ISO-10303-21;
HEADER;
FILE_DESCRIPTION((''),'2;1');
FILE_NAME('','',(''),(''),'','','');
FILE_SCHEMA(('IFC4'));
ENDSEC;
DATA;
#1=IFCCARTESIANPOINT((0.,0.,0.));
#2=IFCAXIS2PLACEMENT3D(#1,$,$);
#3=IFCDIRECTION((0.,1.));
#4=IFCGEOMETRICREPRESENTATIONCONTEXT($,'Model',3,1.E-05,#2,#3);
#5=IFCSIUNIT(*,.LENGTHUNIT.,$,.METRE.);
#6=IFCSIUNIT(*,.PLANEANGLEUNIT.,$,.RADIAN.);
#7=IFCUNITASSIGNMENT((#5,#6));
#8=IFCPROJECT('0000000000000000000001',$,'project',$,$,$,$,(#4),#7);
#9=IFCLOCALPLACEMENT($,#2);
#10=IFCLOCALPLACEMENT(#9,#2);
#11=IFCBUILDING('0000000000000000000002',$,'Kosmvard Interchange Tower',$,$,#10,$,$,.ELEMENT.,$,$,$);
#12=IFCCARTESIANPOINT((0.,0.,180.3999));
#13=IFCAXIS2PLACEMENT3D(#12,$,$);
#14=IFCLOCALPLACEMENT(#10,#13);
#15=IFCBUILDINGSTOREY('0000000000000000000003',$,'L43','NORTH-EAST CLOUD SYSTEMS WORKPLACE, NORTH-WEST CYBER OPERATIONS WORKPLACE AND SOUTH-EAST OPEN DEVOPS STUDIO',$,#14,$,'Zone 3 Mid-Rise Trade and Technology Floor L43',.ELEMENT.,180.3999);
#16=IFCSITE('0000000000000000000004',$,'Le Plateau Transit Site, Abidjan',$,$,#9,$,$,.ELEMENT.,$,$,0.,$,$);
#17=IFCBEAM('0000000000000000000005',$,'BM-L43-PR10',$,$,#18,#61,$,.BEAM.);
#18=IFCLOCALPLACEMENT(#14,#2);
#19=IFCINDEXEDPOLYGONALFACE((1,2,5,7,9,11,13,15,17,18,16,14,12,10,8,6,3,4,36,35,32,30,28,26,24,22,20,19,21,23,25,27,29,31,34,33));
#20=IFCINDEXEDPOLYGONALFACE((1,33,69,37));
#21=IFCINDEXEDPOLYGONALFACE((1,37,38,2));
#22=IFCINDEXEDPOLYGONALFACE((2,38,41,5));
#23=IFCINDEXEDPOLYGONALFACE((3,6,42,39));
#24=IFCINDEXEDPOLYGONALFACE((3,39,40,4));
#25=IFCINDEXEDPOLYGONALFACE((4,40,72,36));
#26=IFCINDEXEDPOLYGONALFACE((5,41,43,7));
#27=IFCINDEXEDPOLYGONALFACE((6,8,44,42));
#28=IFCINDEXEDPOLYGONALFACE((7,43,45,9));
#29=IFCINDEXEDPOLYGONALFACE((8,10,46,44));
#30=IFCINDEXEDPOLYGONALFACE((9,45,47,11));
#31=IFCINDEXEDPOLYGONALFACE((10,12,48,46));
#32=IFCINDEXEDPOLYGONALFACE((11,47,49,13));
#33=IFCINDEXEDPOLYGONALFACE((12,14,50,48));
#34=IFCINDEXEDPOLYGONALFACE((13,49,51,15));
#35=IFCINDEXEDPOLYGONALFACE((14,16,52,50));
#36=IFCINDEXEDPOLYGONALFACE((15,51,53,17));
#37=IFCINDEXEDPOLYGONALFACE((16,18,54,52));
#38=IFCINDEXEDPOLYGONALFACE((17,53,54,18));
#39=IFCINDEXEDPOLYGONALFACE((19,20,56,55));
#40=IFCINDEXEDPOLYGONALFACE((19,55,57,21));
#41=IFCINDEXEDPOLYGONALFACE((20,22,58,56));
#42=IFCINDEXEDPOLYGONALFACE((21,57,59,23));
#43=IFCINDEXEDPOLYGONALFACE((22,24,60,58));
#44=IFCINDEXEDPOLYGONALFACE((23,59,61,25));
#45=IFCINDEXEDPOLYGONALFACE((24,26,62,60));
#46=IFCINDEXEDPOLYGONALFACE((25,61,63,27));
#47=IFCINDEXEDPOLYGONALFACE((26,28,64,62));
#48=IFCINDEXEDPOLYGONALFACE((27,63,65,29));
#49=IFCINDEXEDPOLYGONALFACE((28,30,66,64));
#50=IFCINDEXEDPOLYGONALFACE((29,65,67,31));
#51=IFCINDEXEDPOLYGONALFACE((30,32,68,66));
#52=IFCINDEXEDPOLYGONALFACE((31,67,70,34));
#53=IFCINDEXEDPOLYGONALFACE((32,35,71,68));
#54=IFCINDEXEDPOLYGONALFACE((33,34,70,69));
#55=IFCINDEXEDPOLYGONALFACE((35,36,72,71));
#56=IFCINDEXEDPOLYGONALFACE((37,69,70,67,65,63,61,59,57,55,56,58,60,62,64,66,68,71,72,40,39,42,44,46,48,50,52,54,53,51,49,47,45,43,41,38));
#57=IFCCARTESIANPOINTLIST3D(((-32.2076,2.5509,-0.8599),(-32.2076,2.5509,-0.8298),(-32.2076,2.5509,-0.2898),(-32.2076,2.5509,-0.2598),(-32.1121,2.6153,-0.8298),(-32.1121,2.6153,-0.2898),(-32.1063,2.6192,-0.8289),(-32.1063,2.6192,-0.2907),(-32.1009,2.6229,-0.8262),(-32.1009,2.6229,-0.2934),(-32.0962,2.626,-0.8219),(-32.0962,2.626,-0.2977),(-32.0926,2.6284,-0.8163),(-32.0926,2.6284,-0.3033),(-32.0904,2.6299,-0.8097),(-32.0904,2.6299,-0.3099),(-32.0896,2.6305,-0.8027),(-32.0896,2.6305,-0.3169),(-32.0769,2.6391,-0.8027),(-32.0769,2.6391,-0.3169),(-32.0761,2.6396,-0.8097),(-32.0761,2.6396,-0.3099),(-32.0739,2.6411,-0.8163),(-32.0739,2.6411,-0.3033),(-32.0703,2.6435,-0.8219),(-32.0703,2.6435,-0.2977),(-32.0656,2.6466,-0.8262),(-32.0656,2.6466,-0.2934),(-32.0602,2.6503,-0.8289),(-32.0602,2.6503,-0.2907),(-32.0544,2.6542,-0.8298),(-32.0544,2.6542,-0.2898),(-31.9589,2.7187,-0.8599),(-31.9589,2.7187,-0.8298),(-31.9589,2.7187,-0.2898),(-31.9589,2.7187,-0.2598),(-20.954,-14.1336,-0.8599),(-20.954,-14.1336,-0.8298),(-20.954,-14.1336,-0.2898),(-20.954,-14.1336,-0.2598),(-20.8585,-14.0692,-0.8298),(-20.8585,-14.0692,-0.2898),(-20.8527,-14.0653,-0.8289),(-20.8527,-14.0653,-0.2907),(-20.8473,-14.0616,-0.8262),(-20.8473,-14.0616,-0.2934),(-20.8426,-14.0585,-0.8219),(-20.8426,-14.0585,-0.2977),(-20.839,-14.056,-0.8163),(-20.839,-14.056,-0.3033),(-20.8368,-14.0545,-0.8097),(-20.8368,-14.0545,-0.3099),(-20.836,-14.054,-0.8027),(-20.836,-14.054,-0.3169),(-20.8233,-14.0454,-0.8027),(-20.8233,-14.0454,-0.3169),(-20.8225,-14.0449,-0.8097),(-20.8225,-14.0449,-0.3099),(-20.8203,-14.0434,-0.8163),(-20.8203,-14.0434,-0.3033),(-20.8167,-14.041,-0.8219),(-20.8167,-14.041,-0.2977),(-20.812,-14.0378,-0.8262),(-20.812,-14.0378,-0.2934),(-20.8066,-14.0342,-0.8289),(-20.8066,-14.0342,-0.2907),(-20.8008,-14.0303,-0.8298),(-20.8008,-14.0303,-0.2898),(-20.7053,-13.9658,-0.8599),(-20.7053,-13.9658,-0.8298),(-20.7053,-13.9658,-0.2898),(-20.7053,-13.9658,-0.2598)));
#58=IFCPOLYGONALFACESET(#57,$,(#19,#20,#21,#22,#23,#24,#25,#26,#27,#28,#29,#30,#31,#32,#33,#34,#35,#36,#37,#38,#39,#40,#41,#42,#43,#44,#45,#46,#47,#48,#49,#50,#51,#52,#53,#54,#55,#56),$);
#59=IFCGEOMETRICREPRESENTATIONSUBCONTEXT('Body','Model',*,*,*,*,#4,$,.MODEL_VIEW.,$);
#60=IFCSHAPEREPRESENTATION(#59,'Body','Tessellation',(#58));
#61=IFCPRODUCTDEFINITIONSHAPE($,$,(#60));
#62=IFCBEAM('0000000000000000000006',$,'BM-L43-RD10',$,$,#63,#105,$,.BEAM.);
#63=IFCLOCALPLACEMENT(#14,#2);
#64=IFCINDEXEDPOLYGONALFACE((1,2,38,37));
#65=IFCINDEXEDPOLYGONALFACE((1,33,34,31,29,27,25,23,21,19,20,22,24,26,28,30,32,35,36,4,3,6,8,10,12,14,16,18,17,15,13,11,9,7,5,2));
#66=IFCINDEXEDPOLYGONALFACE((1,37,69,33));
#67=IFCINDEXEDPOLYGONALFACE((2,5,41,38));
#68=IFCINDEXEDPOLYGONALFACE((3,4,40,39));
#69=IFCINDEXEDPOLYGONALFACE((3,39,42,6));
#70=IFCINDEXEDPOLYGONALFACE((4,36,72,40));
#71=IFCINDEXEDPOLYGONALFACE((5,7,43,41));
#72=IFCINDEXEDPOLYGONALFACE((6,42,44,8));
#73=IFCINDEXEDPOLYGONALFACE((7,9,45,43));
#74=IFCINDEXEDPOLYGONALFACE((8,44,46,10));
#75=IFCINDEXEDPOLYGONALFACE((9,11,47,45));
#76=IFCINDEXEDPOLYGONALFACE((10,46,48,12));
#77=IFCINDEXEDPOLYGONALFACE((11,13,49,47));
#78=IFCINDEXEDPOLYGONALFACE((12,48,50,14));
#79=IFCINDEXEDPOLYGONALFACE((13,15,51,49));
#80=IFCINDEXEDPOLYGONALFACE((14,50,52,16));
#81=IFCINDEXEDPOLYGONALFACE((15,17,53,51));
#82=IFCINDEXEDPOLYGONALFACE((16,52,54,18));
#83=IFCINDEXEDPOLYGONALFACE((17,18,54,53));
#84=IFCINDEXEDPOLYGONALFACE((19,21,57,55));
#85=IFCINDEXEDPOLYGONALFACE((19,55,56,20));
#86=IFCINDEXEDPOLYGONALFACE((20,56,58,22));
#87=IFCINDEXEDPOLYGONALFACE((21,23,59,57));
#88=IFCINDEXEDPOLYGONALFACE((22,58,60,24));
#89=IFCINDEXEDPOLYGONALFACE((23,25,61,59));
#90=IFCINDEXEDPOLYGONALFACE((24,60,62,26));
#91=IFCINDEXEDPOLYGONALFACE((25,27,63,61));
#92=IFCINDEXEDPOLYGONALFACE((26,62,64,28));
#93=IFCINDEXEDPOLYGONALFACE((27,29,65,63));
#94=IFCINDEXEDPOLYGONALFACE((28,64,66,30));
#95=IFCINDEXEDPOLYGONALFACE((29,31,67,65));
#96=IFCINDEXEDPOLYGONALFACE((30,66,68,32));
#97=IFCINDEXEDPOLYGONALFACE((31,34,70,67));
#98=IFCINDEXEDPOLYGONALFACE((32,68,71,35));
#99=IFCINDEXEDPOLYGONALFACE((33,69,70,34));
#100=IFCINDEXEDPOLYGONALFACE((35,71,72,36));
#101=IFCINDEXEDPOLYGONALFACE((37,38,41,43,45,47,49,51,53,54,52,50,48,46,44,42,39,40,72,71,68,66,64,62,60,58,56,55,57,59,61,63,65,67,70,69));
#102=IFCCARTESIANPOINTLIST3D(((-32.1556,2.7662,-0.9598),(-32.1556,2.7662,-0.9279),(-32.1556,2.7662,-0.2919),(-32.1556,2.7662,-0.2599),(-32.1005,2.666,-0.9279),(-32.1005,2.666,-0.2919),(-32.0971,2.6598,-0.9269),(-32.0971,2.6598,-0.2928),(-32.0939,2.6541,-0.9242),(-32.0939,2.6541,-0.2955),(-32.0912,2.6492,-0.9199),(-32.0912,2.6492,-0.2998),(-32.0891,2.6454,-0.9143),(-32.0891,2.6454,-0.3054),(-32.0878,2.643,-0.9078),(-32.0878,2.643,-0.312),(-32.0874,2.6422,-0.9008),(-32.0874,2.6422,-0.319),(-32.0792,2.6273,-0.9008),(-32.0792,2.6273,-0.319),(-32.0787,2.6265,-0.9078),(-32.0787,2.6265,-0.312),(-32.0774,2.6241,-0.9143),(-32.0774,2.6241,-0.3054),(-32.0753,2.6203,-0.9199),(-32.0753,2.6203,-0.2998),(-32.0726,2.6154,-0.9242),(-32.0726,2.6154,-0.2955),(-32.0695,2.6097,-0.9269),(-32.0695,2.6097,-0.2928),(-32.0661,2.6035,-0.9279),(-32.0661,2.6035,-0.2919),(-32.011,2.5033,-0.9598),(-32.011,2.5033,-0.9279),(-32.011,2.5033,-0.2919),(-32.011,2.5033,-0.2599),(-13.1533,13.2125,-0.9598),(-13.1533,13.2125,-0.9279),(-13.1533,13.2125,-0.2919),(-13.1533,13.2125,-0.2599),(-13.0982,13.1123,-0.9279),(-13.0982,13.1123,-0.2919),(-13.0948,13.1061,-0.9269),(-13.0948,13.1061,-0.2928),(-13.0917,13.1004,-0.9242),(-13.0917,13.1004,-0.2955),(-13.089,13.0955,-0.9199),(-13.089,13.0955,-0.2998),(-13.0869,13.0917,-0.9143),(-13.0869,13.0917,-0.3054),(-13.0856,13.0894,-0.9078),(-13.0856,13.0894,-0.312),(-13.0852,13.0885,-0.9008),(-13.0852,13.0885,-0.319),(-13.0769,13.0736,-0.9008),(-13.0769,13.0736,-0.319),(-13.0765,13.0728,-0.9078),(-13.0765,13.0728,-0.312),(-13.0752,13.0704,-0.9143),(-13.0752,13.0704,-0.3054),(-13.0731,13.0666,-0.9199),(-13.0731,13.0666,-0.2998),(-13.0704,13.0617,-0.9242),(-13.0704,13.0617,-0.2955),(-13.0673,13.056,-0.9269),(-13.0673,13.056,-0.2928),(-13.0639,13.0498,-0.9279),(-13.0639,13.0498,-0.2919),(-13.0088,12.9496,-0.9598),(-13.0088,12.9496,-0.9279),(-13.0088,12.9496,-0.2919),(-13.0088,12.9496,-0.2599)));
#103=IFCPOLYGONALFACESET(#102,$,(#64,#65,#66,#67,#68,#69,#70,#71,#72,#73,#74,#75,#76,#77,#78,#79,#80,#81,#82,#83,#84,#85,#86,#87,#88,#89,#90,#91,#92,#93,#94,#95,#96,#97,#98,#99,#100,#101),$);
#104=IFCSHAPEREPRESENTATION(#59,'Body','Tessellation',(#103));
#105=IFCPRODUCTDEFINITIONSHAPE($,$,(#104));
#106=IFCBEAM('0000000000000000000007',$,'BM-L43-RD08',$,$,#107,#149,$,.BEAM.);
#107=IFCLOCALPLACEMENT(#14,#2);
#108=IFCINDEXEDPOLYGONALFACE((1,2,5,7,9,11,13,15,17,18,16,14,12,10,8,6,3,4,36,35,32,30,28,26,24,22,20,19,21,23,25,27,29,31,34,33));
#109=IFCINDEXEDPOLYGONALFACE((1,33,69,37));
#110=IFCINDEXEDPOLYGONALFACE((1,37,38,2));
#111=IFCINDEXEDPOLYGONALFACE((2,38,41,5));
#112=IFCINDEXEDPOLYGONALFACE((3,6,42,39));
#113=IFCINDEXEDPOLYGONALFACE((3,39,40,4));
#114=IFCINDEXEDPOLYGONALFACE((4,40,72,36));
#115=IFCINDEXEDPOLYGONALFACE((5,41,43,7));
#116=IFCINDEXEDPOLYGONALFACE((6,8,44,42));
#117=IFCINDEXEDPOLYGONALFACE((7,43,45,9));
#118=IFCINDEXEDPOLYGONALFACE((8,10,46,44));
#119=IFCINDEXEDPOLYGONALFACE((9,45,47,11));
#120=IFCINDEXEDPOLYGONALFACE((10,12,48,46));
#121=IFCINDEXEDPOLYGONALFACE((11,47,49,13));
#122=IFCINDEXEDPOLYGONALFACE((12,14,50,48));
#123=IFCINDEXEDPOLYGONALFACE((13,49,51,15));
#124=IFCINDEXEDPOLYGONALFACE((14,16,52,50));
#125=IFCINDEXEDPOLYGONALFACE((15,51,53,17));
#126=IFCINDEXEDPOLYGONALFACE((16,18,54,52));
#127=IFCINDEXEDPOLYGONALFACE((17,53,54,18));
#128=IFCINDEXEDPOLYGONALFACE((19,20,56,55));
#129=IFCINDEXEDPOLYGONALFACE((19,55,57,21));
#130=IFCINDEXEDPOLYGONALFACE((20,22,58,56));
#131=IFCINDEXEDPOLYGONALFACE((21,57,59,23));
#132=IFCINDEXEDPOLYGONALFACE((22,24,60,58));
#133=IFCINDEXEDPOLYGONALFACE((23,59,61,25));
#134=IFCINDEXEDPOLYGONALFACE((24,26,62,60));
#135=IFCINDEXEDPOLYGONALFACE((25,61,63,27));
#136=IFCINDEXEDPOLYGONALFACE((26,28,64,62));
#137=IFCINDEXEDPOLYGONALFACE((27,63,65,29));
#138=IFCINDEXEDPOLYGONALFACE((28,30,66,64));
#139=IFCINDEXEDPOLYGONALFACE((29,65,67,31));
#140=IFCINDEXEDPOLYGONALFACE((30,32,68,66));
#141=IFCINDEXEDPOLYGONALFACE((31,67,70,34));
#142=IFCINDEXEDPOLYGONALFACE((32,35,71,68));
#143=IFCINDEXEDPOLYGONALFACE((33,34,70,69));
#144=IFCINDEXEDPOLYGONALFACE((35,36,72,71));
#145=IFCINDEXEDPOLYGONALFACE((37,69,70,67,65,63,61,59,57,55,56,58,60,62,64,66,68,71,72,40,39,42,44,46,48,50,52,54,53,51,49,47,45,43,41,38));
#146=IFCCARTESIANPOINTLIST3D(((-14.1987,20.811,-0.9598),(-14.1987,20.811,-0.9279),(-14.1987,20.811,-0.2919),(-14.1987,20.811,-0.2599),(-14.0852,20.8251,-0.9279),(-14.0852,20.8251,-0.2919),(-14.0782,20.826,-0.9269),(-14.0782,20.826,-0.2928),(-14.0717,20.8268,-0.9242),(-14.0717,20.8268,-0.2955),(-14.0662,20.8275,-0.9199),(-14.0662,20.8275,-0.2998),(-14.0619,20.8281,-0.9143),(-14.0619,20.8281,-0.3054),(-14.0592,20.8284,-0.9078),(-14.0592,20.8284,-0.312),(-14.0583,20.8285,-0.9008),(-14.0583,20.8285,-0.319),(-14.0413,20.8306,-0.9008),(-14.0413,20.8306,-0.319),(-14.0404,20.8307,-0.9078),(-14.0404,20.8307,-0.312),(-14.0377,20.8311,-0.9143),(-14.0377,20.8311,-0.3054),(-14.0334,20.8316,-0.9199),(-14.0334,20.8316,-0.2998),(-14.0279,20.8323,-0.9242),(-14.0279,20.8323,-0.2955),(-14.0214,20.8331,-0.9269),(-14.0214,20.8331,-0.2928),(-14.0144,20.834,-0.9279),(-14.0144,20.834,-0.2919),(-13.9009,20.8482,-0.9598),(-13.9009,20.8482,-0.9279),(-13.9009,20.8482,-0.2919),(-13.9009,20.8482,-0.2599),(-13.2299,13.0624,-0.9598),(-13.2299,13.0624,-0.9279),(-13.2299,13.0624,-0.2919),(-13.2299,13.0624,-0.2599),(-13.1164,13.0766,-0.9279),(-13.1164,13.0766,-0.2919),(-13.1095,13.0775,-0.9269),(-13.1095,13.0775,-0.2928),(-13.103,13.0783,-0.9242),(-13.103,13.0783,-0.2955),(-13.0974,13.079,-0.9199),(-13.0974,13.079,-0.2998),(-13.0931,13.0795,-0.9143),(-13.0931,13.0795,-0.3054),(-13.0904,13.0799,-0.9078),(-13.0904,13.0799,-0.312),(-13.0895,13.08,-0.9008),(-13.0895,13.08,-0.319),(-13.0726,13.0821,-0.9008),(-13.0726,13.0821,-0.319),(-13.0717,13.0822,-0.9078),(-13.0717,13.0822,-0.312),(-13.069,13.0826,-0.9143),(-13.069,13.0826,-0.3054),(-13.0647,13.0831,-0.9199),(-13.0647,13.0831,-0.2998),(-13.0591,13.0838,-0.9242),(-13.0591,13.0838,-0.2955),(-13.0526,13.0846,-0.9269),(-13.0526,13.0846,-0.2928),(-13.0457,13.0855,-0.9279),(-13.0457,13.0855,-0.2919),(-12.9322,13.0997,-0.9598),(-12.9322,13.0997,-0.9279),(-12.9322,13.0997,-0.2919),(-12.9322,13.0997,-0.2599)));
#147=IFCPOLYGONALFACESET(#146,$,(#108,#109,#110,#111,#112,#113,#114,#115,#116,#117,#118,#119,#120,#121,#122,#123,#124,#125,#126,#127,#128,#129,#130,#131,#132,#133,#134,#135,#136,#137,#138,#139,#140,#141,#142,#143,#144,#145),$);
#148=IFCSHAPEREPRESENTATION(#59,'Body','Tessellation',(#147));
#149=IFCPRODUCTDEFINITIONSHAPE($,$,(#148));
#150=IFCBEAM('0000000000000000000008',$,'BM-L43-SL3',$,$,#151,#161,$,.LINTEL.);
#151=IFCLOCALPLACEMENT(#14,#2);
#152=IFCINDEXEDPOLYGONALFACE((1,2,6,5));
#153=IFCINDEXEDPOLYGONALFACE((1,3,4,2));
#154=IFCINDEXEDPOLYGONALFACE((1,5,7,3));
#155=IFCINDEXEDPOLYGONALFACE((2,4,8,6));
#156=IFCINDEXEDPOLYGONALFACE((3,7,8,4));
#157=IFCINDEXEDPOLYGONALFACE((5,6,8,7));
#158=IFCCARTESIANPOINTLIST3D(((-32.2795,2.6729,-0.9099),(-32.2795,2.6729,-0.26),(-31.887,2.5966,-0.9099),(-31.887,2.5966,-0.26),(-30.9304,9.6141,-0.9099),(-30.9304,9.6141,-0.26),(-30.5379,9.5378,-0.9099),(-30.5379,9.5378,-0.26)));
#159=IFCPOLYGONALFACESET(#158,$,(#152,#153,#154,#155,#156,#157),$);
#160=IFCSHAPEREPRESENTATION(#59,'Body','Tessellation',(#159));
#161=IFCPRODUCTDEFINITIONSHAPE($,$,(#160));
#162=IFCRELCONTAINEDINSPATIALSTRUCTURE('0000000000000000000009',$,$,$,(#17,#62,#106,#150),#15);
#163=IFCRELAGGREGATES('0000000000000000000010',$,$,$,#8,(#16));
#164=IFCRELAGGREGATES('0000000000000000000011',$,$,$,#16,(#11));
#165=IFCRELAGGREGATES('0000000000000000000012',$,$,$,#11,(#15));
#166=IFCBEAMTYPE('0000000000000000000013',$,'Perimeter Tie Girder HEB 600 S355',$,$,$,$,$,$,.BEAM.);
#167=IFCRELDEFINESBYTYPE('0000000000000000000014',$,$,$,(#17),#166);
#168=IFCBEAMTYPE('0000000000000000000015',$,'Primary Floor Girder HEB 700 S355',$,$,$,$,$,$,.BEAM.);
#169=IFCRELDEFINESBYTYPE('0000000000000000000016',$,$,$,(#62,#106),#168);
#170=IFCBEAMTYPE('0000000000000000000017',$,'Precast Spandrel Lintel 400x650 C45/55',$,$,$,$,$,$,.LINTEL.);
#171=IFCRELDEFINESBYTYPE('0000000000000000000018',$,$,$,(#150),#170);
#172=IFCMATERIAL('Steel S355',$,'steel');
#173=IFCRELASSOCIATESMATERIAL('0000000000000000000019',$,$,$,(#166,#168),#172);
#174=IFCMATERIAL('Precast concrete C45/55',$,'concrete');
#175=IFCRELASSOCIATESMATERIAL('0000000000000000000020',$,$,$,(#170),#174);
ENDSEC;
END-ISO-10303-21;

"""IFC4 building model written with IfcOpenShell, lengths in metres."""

from ifc_helpers import new_model, si_unit, direction, frame, origin, origin_2d, place, context, subcontext, project, spatial, rectangle, i_section, extrude, source, transform, mapped, material, material_profile, profile_set, type_object, element, save


model = new_model("IFC4")

# Units and contexts
model_context = context("Model", 3, precision=1e-05, world=origin(), true_north=direction((0.0, 1.0)))
body_context = subcontext(model_context, "Body", "Model", "MODEL_VIEW")
ifc_project = project(units=[si_unit("LENGTHUNIT", "METRE"), si_unit("PLANEANGLEUNIT", "RADIAN")], contexts=[model_context])

# Site, building, storey
site_placement = place(None, origin())
site = spatial("IfcSite", under=ifc_project, at=site_placement, Name="Le Plateau Transit Site, Abidjan", CompositionType="ELEMENT", RefElevation=0.0)
building_placement = place(site_placement, origin())
building = spatial("IfcBuilding", under=site, at=building_placement, Name="Kosmvard Interchange Tower", CompositionType="ELEMENT")
storey_placement = place(building_placement, frame((0.0, 0.0, 180.3999)))
storey = spatial("IfcBuildingStorey", under=building, at=storey_placement, Name="L43", Description="NORTH-EAST CLOUD SYSTEMS WORKPLACE, NORTH-WEST CYBER OPERATIONS WORKPLACE AND SOUTH-EAST OPEN DEVOPS STUDIO", LongName="Zone 3 Mid-Rise Trade and Technology Floor L43", CompositionType="ELEMENT", Elevation=180.3999)

# Beams
ifc_material_1 = material(Name="Steel S355", Category="steel")
ifc_material_profile_1 = material_profile(ifc_material_1, i_section(OverallWidth=0.3, OverallDepth=0.6001, WebThickness=0.0154, FlangeThickness=0.03, FilletRadius=0.0271, at=origin_2d()), Name="HEB 600")
ifc_profile_set_1 = profile_set([ifc_material_profile_1], Name="Steel S355")
beam_type_1 = type_object("IfcBeamType", Name="Perimeter Tie Girder HEB 600 S355", PredefinedType="BEAM", material=ifc_profile_set_1)
shared_shape_1 = source(origin(), body_context, "Body", "SweptSolid", [
    extrude(i_section(OverallWidth=0.3, OverallDepth=0.6001, WebThickness=0.0154, FlangeThickness=0.03, FilletRadius=0.0271, at=origin_2d()), origin(), (0.0, 0.0, 1.0), 20.125),
])
for number, where, z_axis, x_axis, name in (
    (1, (-32.0833, 2.6348, -0.5598), (0.559185, -0.829043, 0.0), (0.829043, 0.559185, 0.0), "BM-L43-PR10"),
):
    element("IfcBeam", number, at=place(storey_placement, frame(where, z_axis=z_axis, x_axis=x_axis)), inside=storey, type_object=beam_type_1, Name=name, PredefinedType="BEAM", context=body_context, shape_type="MappedRepresentation", body=[
        mapped(shared_shape_1, transform((0.0, 0.0, 0.0), scale=1.0)),
    ])
ifc_material_profile_2 = material_profile(ifc_material_1, i_section(OverallWidth=0.3, OverallDepth=0.7, WebThickness=0.0171, FlangeThickness=0.032, FilletRadius=0.0271, at=origin_2d()), Name="HEB 700")
ifc_profile_set_2 = profile_set([ifc_material_profile_2], Name="Steel S355")
beam_type_2 = type_object("IfcBeamType", Name="Primary Floor Girder HEB 700 S355", PredefinedType="BEAM", material=ifc_profile_set_2)
shared_shape_2 = source(origin(), body_context, "Body", "SweptSolid", [
    extrude(i_section(OverallWidth=0.3, OverallDepth=0.7, WebThickness=0.0171, FlangeThickness=0.032, FilletRadius=0.0271, at=origin_2d()), origin(), (0.0, 0.0, 1.0), 21.6843),
])
beam_1_placement = place(storey_placement, frame((-13.0811, 13.0811, -0.6099), z_axis=(-0.876312, -0.481745, 0.0), x_axis=(0.481745, -0.876312, 0.0)))
element("IfcBeam", 2, at=beam_1_placement, inside=storey, type_object=beam_type_2, Name="BM-L43-RD10", PredefinedType="BEAM", context=body_context, shape_type="MappedRepresentation", body=[
    mapped(shared_shape_2, transform((0.0, 0.0, 0.0), scale=1.0)),
])
shared_shape_3 = source(origin(), body_context, "Body", "SweptSolid", [
    extrude(i_section(OverallWidth=0.3, OverallDepth=0.7, WebThickness=0.0171, FlangeThickness=0.032, FilletRadius=0.0271, at=origin_2d()), origin(), (0.0, 0.0, 1.0), 7.8088),
])
beam_2_placement = place(storey_placement, frame((-13.0811, 13.0811, -0.6099), z_axis=(-0.124058, 0.992275, 0.0), x_axis=(-0.992275, -0.124058, 0.0)))
element("IfcBeam", 3, at=beam_2_placement, inside=storey, type_object=beam_type_2, Name="BM-L43-RD08", PredefinedType="BEAM", context=body_context, shape_type="MappedRepresentation", body=[
    mapped(shared_shape_3, transform((0.0, 0.0, 0.0), scale=1.0)),
])
ifc_material_2 = material(Name="Precast concrete C45/55", Category="concrete")
ifc_material_profile_3 = material_profile(ifc_material_2, rectangle(XDim=0.3999, YDim=0.6499, at=origin_2d()), Name="SL 400x650")
ifc_profile_set_3 = profile_set([ifc_material_profile_3], Name="Precast concrete C45/55")
beam_type_3 = type_object("IfcBeamType", Name="Precast Spandrel Lintel 400x650 C45/55", PredefinedType="LINTEL", material=ifc_profile_set_3)
shared_shape_4 = source(origin(), body_context, "Body", "SweptSolid", [
    extrude(rectangle(XDim=0.3999, YDim=0.6499, at=origin_2d()), origin(), (0.0, 0.0, 1.0), 7.071),
])
beam_3_placement = place(storey_placement, frame((-30.7341, 9.5759, -0.585), z_axis=(-0.190795, -0.98163, 0.0), x_axis=(0.98163, -0.190795, 0.0)))
element("IfcBeam", 4, at=beam_3_placement, inside=storey, type_object=beam_type_3, Name="BM-L43-SL3", PredefinedType="LINTEL", context=body_context, shape_type="MappedRepresentation", body=[
    mapped(shared_shape_4, transform((0.0, 0.0, 0.0), scale=1.0)),
])

save(model, "model.ifc")
